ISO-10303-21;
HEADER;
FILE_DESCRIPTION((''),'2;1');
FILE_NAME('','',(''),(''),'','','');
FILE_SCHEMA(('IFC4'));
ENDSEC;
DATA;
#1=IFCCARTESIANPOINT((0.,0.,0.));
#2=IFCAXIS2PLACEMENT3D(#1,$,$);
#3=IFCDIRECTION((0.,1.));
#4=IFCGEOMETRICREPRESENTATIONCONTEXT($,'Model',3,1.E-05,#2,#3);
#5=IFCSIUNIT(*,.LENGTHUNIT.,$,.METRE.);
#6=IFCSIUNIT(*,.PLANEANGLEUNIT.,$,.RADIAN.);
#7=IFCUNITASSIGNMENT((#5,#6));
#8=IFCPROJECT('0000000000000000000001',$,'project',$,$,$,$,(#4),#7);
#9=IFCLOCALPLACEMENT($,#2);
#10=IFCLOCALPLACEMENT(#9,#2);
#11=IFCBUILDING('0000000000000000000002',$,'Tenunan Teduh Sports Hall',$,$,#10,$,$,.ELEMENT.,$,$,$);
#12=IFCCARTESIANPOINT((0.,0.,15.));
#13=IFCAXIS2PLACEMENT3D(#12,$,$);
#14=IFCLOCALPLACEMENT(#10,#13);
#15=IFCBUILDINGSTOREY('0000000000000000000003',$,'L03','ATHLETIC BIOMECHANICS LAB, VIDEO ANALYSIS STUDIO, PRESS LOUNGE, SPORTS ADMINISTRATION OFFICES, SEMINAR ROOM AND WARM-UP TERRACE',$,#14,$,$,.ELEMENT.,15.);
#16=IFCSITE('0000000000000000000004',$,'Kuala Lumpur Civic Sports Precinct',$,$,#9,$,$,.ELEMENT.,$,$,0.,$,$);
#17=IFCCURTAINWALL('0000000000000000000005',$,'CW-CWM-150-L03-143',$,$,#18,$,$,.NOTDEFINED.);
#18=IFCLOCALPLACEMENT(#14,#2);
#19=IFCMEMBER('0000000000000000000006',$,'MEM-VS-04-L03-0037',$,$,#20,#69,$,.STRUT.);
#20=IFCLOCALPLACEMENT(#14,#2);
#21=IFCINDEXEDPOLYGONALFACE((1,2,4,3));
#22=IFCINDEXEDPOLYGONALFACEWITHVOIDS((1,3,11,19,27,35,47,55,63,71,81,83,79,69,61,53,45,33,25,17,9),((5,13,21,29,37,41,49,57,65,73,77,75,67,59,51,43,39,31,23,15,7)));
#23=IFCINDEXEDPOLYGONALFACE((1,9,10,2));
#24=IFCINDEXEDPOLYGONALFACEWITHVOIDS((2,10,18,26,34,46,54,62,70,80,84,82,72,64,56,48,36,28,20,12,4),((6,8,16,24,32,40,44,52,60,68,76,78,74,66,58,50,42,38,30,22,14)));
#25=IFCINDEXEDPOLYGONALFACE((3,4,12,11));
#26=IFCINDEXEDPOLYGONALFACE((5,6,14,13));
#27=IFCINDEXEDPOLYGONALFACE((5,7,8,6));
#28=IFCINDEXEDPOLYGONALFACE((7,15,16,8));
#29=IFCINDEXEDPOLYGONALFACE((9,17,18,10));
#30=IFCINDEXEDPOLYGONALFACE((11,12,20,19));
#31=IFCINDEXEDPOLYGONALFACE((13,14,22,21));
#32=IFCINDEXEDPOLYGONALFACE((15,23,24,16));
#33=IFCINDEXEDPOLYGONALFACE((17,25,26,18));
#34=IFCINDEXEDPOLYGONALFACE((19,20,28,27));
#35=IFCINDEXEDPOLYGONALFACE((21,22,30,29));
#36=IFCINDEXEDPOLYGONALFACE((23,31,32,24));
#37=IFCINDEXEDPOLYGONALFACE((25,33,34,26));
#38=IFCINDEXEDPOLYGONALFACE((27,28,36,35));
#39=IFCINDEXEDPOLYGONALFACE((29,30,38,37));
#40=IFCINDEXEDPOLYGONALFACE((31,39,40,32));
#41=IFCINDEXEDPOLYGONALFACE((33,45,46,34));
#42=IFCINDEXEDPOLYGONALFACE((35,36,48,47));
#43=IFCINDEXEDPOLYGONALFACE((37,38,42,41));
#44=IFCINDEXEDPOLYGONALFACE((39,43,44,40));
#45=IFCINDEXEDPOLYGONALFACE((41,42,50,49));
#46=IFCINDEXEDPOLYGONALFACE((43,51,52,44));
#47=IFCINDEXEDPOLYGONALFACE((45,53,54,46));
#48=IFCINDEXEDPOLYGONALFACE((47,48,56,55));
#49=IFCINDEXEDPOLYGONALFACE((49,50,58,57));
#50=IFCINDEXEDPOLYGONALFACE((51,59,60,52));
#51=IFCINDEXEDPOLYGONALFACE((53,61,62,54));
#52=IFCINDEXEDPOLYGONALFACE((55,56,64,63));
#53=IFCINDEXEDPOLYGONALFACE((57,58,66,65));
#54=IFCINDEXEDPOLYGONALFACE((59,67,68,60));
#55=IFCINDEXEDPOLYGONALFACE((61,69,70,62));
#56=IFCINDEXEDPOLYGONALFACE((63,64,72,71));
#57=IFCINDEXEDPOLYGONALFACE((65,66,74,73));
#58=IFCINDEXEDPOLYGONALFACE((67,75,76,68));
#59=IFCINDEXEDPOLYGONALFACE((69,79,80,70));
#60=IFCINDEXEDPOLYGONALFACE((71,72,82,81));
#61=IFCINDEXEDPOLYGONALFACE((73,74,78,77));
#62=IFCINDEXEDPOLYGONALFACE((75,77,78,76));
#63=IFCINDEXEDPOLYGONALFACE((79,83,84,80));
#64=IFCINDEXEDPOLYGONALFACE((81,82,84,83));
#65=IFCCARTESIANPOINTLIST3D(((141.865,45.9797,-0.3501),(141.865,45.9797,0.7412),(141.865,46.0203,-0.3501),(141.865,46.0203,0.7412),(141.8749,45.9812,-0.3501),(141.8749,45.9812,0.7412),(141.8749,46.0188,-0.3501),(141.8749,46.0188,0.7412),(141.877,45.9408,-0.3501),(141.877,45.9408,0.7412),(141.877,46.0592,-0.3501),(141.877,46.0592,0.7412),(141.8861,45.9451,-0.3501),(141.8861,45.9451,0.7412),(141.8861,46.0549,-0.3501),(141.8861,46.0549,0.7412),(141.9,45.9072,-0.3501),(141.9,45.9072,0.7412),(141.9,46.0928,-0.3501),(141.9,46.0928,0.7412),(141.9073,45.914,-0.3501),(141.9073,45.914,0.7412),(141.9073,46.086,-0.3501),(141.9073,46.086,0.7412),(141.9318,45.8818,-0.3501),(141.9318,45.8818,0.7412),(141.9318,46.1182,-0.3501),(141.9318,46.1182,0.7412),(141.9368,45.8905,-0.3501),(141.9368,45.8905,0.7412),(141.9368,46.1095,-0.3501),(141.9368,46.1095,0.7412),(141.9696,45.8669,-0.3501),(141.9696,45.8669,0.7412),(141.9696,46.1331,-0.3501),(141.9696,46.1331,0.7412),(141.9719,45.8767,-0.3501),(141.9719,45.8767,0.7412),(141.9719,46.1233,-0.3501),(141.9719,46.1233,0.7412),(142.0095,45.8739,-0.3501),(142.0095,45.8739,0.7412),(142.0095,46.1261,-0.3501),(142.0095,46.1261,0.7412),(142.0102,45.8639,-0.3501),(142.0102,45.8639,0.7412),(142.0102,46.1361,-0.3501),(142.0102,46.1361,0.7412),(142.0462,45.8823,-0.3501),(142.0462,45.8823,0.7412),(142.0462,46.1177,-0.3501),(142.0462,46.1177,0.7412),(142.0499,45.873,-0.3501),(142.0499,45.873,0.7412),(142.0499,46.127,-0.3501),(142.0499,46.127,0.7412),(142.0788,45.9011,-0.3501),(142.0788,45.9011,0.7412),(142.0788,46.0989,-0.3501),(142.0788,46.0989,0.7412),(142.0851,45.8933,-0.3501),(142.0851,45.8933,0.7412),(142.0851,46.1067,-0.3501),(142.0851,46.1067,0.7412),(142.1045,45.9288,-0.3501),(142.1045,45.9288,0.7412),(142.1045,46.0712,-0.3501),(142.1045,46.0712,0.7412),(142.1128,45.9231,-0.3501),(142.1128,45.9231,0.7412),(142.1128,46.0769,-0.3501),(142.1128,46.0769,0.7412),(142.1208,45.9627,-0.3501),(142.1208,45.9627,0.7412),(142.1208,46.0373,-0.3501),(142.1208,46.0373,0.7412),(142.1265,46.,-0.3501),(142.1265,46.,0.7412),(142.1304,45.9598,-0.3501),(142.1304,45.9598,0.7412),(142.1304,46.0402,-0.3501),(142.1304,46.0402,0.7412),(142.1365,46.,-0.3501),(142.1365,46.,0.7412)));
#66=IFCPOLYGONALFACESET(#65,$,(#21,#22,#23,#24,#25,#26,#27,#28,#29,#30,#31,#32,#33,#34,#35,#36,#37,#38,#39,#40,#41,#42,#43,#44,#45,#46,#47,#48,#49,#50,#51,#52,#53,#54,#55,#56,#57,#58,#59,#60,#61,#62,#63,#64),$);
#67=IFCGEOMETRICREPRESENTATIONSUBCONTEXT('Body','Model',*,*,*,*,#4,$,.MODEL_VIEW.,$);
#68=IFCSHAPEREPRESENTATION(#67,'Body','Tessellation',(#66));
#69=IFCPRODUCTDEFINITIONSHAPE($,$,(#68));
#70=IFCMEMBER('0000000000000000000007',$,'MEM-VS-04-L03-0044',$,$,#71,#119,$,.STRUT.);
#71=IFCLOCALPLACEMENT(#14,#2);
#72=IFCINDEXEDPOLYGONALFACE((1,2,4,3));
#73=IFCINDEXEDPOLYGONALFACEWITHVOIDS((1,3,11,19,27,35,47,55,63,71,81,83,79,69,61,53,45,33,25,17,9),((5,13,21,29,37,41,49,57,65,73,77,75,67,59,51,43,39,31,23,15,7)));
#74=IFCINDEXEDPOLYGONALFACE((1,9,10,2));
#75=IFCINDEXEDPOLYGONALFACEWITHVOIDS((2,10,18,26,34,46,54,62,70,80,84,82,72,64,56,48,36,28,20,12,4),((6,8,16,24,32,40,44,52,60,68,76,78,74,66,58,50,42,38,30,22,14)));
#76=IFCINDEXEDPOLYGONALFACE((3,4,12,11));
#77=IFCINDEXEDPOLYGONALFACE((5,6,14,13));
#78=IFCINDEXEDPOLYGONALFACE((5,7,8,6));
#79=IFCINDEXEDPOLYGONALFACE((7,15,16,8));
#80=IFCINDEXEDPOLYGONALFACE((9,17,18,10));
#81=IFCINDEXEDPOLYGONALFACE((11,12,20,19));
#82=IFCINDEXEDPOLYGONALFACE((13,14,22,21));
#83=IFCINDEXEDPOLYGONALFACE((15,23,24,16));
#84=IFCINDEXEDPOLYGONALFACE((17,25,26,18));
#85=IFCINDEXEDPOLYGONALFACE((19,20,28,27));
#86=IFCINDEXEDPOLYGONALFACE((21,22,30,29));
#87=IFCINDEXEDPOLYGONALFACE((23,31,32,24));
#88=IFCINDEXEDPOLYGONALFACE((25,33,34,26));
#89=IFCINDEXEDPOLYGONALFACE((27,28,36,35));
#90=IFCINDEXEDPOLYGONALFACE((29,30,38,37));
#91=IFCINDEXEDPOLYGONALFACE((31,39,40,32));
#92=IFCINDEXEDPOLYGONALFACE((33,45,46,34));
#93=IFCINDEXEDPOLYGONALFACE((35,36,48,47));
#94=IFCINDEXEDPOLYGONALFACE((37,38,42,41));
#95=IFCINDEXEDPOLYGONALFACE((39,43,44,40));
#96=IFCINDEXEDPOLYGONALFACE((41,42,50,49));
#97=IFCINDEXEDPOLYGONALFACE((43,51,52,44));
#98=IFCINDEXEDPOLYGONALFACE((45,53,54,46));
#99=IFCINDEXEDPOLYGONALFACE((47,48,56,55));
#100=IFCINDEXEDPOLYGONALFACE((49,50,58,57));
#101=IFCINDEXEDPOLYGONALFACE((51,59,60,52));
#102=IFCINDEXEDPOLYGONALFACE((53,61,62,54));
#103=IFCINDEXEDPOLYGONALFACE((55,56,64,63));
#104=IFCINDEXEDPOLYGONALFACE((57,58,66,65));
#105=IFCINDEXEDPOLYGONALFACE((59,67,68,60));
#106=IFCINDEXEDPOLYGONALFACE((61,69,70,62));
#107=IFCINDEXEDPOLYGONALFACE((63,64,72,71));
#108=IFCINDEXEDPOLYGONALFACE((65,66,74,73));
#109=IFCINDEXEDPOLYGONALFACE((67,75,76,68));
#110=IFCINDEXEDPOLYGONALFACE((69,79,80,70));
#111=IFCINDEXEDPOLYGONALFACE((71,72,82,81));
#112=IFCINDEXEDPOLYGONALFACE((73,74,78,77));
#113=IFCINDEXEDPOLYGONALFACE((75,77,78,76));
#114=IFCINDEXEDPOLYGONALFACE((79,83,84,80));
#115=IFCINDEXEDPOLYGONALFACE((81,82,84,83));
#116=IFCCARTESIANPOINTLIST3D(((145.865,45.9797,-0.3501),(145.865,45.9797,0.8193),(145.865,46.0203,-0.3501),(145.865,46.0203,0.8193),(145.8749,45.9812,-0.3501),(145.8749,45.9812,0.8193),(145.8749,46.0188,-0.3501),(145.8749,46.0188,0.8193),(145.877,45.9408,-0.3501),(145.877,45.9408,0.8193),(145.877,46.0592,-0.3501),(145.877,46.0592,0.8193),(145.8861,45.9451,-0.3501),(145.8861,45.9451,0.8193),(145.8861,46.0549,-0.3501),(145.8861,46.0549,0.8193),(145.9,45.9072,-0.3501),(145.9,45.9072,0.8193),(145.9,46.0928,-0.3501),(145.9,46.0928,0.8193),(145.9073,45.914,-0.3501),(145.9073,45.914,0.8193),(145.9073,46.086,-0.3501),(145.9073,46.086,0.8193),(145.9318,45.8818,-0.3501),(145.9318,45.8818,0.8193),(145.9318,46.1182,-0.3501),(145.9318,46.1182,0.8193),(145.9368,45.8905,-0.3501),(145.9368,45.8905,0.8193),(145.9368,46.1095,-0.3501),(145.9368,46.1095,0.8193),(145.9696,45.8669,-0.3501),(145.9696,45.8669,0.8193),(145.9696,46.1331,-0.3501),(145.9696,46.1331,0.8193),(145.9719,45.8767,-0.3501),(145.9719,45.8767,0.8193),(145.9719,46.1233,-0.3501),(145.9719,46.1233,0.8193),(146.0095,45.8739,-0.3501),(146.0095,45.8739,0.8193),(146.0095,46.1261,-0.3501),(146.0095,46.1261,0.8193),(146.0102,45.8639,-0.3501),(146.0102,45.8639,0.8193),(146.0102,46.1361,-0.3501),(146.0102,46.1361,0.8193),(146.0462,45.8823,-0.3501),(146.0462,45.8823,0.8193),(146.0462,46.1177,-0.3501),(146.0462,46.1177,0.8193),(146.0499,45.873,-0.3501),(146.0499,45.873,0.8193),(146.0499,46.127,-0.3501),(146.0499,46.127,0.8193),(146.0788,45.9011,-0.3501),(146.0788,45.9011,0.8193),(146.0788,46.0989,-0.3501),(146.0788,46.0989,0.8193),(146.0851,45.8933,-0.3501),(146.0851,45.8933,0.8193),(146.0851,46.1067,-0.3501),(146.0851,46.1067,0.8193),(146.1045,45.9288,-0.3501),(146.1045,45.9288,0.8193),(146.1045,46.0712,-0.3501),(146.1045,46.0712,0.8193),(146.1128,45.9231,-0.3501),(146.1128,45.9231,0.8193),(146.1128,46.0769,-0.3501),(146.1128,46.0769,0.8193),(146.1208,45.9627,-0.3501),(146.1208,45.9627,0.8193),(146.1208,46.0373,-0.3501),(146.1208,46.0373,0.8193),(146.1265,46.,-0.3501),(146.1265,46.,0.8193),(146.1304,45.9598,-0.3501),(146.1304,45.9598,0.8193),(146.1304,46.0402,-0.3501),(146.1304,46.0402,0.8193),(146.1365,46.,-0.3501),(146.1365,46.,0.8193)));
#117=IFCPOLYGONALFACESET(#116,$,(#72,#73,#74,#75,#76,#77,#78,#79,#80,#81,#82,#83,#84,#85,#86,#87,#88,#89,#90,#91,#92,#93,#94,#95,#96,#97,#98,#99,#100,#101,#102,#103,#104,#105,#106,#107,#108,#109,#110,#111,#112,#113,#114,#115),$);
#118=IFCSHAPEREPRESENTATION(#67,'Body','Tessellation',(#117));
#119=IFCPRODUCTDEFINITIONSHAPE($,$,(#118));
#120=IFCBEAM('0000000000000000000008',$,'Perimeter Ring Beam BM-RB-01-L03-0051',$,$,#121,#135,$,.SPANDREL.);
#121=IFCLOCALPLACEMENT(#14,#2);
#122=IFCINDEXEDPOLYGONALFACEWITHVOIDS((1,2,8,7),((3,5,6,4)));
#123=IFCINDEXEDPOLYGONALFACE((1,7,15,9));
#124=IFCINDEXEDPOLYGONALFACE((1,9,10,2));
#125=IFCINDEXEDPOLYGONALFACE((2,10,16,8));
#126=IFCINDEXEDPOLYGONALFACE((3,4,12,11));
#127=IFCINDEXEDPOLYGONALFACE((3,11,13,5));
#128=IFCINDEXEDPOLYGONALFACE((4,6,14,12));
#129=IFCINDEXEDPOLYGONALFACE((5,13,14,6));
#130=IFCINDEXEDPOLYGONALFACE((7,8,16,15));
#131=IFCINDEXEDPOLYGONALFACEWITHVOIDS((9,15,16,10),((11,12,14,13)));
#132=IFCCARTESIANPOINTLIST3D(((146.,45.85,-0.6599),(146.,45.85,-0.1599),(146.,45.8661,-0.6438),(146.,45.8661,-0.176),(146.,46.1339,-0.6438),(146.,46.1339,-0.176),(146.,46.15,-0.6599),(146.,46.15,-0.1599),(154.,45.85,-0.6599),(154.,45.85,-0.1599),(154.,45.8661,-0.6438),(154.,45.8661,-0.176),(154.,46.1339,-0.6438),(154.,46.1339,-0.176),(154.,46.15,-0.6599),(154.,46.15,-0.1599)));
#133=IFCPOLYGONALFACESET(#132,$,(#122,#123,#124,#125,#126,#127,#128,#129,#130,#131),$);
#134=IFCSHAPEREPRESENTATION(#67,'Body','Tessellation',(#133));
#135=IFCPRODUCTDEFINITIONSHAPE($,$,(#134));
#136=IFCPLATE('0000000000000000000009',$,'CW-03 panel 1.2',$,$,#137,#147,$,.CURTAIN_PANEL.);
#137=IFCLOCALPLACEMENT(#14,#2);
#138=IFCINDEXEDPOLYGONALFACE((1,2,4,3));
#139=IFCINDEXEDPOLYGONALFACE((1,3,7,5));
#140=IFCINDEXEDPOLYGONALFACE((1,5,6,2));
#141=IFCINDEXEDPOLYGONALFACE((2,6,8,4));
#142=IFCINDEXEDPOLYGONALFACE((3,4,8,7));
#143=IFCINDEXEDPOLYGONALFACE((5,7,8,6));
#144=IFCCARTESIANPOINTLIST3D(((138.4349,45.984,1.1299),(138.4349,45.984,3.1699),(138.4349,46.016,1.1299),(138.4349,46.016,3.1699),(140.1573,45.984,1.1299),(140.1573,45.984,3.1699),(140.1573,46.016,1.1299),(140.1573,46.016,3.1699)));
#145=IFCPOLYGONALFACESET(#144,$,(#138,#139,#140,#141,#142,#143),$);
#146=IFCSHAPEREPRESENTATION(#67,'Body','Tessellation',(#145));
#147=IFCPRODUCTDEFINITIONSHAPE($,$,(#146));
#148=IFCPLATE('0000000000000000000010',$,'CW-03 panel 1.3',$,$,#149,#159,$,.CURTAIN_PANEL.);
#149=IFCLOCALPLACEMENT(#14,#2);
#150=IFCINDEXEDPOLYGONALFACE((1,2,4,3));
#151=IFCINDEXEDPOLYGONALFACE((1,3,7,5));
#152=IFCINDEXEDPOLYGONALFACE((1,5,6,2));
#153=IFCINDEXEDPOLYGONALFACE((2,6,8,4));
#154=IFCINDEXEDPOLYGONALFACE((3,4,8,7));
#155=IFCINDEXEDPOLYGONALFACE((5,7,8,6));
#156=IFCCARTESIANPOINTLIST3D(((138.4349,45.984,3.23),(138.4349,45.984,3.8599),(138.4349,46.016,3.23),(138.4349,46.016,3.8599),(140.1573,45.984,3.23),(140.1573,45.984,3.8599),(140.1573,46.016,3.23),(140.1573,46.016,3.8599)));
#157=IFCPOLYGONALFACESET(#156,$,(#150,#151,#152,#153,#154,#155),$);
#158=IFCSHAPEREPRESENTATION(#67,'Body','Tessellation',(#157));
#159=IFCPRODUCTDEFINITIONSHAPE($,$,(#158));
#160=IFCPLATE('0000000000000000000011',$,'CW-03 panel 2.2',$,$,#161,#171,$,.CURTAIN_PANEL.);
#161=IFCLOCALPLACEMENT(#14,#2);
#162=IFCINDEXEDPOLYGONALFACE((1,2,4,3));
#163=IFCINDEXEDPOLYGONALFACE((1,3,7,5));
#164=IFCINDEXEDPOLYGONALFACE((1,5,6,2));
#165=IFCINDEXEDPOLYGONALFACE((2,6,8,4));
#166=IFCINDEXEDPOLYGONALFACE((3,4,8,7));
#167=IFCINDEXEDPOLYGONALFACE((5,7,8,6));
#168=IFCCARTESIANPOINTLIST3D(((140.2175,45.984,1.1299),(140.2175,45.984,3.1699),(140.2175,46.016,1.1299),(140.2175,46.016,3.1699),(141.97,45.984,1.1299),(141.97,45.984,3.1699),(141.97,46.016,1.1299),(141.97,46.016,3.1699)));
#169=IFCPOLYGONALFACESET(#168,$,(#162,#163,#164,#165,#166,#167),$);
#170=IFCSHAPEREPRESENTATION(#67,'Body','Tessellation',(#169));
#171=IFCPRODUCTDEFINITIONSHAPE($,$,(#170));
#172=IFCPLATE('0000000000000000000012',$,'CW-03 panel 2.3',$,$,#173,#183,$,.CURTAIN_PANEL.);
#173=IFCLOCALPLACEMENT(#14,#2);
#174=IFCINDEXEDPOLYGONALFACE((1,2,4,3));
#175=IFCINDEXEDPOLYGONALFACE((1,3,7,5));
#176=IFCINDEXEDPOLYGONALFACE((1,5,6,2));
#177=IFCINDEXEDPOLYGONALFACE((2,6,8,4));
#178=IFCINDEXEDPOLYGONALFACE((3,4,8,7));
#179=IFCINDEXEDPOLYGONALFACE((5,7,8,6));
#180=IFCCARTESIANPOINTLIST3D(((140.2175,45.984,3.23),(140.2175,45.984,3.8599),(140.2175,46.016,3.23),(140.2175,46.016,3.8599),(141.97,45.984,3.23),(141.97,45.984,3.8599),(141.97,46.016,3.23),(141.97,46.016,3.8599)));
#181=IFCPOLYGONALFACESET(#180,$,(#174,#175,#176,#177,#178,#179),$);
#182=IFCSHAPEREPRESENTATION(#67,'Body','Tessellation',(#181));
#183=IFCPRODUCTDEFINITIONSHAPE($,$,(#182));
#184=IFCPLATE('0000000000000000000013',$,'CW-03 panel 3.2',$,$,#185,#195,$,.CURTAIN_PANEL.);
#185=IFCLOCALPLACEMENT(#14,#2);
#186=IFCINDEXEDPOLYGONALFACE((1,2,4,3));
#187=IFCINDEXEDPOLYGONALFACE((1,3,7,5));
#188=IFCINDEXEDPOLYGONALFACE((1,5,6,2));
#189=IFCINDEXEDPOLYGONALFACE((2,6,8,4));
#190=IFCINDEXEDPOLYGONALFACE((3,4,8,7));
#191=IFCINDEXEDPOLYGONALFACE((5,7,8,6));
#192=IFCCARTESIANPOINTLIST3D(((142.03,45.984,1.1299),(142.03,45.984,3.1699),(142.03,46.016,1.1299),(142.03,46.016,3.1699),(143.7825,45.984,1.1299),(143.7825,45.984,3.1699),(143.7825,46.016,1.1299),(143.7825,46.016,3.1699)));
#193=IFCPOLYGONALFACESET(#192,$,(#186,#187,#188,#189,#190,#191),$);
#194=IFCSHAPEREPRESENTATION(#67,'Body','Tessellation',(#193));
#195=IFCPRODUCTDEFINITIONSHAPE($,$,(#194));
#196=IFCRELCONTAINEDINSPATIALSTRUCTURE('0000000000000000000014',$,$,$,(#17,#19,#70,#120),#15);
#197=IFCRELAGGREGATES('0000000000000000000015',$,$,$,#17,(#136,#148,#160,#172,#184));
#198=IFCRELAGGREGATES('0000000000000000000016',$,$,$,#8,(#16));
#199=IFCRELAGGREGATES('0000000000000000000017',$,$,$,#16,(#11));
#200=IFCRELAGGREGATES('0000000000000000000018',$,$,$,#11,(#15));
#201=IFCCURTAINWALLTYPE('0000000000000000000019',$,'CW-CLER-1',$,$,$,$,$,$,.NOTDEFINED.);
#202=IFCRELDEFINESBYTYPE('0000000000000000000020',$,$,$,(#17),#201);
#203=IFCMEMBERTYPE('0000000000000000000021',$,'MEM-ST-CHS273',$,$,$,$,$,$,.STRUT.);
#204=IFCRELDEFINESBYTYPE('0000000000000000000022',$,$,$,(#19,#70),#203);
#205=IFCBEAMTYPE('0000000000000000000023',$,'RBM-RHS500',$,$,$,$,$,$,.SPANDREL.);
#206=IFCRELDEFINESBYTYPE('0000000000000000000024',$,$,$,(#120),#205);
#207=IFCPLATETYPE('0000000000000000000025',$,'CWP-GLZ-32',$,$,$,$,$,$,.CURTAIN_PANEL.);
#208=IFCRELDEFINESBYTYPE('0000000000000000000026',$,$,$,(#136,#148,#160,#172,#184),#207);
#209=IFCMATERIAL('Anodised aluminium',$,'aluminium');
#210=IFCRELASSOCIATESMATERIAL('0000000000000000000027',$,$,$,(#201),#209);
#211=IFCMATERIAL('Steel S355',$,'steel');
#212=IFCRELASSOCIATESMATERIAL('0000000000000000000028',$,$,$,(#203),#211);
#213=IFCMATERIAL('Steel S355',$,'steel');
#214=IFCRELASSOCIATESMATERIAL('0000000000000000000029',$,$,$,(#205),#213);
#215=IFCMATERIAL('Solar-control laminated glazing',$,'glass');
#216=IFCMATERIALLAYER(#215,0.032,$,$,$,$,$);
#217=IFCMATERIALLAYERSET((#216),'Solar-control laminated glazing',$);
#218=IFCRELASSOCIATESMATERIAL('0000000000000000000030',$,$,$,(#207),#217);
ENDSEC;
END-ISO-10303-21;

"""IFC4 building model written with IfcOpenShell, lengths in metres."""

from ifc_helpers import new_model, si_unit, direction, frame, origin, origin_2d, place, context, subcontext, project, spatial, rectangle, hollow_rectangle, hollow_circle, extrude, material, layer, layer_set, material_profile, profile_set, type_object, element, aggregate, save


model = new_model("IFC4")

# Units and contexts
model_context = context("Model", 3, precision=1e-05, world=origin(), true_north=direction((0.0, 1.0)))
body_context = subcontext(model_context, "Body", "Model", "MODEL_VIEW")
ifc_project = project(units=[si_unit("LENGTHUNIT", "METRE"), si_unit("PLANEANGLEUNIT", "RADIAN")], contexts=[model_context])

# Site, building, storey
site_placement = place(None, origin())
site = spatial("IfcSite", under=ifc_project, at=site_placement, Name="Kuala Lumpur Civic Sports Precinct", CompositionType="ELEMENT", RefElevation=0.0)
building_placement = place(site_placement, origin())
building = spatial("IfcBuilding", under=site, at=building_placement, Name="Tenunan Teduh Sports Hall", CompositionType="ELEMENT")
storey_placement = place(building_placement, frame((0.0, 0.0, 15.0)))
storey = spatial("IfcBuildingStorey", under=building, at=storey_placement, Name="L03", Description="ATHLETIC BIOMECHANICS LAB, VIDEO ANALYSIS STUDIO, PRESS LOUNGE, SPORTS ADMINISTRATION OFFICES, SEMINAR ROOM AND WARM-UP TERRACE", CompositionType="ELEMENT", Elevation=15.0)

# Curtain wall
ifc_material_1 = material(Name="Anodised aluminium", Category="aluminium")
curtain_wall_type = type_object("IfcCurtainWallType", Name="CW-CLER-1", PredefinedType="NOTDEFINED", material=ifc_material_1)
curtain_wall_placement = place(storey_placement, origin())
curtain_wall = element("IfcCurtainWall", 1, at=curtain_wall_placement, inside=storey, type_object=curtain_wall_type, Name="CW-CWM-150-L03-143", PredefinedType="NOTDEFINED")

# Members
ifc_material_2 = material(Name="Steel S355", Category="steel")
ifc_material_profile_1 = material_profile(ifc_material_2, hollow_circle(Radius=0.1365, WallThickness=0.01, at=origin_2d()), Name="CHS 273.0x10.0")
ifc_profile_set_1 = profile_set([ifc_material_profile_1], Name="Steel S355")
member_type_1 = type_object("IfcMemberType", Name="MEM-ST-CHS273", PredefinedType="STRUT", material=ifc_profile_set_1)
member_1_placement = place(storey_placement, frame((142.0, 46.0, -0.3501), z_axis=(0.0, 0.0, 1.0), x_axis=(1.0, 0.0, 0.0)))
element("IfcMember", 2, at=member_1_placement, inside=storey, type_object=member_type_1, Name="MEM-VS-04-L03-0037", PredefinedType="STRUT", context=body_context, shape_type="SweptSolid", body=[
    extrude(hollow_circle(Radius=0.1365, WallThickness=0.01, at=origin_2d()), origin(), (0.0, 0.0, 1.0), 1.0913),
])
member_2_placement = place(storey_placement, frame((146.0, 46.0, -0.3501), z_axis=(0.0, 0.0, 1.0), x_axis=(1.0, 0.0, 0.0)))
element("IfcMember", 3, at=member_2_placement, inside=storey, type_object=member_type_1, Name="MEM-VS-04-L03-0044", PredefinedType="STRUT", context=body_context, shape_type="SweptSolid", body=[
    extrude(hollow_circle(Radius=0.1365, WallThickness=0.01, at=origin_2d()), origin(), (0.0, 0.0, 1.0), 1.1694),
])

# Beam
ifc_material_3 = material(Name="Steel S355", Category="steel")
ifc_material_profile_2 = material_profile(ifc_material_3, hollow_rectangle(XDim=0.3, YDim=0.5, WallThickness=0.0161, at=origin_2d()), Name="RHS 500x300x16.0")
ifc_profile_set_2 = profile_set([ifc_material_profile_2], Name="Steel S355")
beam_type = type_object("IfcBeamType", Name="RBM-RHS500", PredefinedType="SPANDREL", material=ifc_profile_set_2)
beam_placement = place(storey_placement, frame((146.0, 46.0, -0.4099), z_axis=(1.0, 0.0, 0.0), x_axis=(0.0, 1.0, 0.0)))
element("IfcBeam", 4, at=beam_placement, inside=storey, type_object=beam_type, Name="Perimeter Ring Beam BM-RB-01-L03-0051", PredefinedType="SPANDREL", context=body_context, shape_type="SweptSolid", body=[
    extrude(hollow_rectangle(XDim=0.3, YDim=0.5, WallThickness=0.0161, at=origin_2d()), origin(), (0.0, 0.0, 1.0), 8.0),
])

# Plates
ifc_material_4 = material(Name="Solar-control laminated glazing", Category="glass")
ifc_layer_1 = layer(ifc_material_4, 0.032)
ifc_layer_set_1 = layer_set([ifc_layer_1], Name="Solar-control laminated glazing")
plate_type_1 = type_object("IfcPlateType", Name="CWP-GLZ-32", PredefinedType="CURTAIN_PANEL", material=ifc_layer_set_1)
plate_1_placement = place(storey_placement, frame((139.2961, 46.0, 1.1299), z_axis=(0.0, 0.0, 1.0), x_axis=(1.0, 0.0, 0.0)))
plate_1 = element("IfcPlate", 5, at=plate_1_placement, type_object=plate_type_1, Name="CW-03 panel 1.2", PredefinedType="CURTAIN_PANEL", context=body_context, shape_type="SweptSolid", body=[
    extrude(rectangle(XDim=1.7224, YDim=0.032, at=origin_2d()), origin(), (0.0, 0.0, 1.0), 2.04),
])
plate_2_placement = place(storey_placement, frame((139.2961, 46.0, 3.23), z_axis=(0.0, 0.0, 1.0), x_axis=(1.0, 0.0, 0.0)))
plate_2 = element("IfcPlate", 6, at=plate_2_placement, type_object=plate_type_1, Name="CW-03 panel 1.3", PredefinedType="CURTAIN_PANEL", context=body_context, shape_type="SweptSolid", body=[
    extrude(rectangle(XDim=1.7224, YDim=0.032, at=origin_2d()), origin(), (0.0, 0.0, 1.0), 0.6299),
])
plate_3_placement = place(storey_placement, frame((141.0938, 46.0, 1.1299), z_axis=(0.0, 0.0, 1.0), x_axis=(1.0, 0.0, 0.0)))
plate_3 = element("IfcPlate", 7, at=plate_3_placement, type_object=plate_type_1, Name="CW-03 panel 2.2", PredefinedType="CURTAIN_PANEL", context=body_context, shape_type="SweptSolid", body=[
    extrude(rectangle(XDim=1.7524, YDim=0.032, at=origin_2d()), origin(), (0.0, 0.0, 1.0), 2.04),
])
plate_4_placement = place(storey_placement, frame((141.0938, 46.0, 3.23), z_axis=(0.0, 0.0, 1.0), x_axis=(1.0, 0.0, 0.0)))
plate_4 = element("IfcPlate", 8, at=plate_4_placement, type_object=plate_type_1, Name="CW-03 panel 2.3", PredefinedType="CURTAIN_PANEL", context=body_context, shape_type="SweptSolid", body=[
    extrude(rectangle(XDim=1.7524, YDim=0.032, at=origin_2d()), origin(), (0.0, 0.0, 1.0), 0.6299),
])
plate_5_placement = place(storey_placement, frame((142.9062, 46.0, 1.1299), z_axis=(0.0, 0.0, 1.0), x_axis=(1.0, 0.0, 0.0)))
plate_5 = element("IfcPlate", 9, at=plate_5_placement, type_object=plate_type_1, Name="CW-03 panel 3.2", PredefinedType="CURTAIN_PANEL", context=body_context, shape_type="SweptSolid", body=[
    extrude(rectangle(XDim=1.7524, YDim=0.032, at=origin_2d()), origin(), (0.0, 0.0, 1.0), 2.04),
])
aggregate(curtain_wall, [plate_1, plate_2, plate_3, plate_4, plate_5])

save(model, "model.ifc")
